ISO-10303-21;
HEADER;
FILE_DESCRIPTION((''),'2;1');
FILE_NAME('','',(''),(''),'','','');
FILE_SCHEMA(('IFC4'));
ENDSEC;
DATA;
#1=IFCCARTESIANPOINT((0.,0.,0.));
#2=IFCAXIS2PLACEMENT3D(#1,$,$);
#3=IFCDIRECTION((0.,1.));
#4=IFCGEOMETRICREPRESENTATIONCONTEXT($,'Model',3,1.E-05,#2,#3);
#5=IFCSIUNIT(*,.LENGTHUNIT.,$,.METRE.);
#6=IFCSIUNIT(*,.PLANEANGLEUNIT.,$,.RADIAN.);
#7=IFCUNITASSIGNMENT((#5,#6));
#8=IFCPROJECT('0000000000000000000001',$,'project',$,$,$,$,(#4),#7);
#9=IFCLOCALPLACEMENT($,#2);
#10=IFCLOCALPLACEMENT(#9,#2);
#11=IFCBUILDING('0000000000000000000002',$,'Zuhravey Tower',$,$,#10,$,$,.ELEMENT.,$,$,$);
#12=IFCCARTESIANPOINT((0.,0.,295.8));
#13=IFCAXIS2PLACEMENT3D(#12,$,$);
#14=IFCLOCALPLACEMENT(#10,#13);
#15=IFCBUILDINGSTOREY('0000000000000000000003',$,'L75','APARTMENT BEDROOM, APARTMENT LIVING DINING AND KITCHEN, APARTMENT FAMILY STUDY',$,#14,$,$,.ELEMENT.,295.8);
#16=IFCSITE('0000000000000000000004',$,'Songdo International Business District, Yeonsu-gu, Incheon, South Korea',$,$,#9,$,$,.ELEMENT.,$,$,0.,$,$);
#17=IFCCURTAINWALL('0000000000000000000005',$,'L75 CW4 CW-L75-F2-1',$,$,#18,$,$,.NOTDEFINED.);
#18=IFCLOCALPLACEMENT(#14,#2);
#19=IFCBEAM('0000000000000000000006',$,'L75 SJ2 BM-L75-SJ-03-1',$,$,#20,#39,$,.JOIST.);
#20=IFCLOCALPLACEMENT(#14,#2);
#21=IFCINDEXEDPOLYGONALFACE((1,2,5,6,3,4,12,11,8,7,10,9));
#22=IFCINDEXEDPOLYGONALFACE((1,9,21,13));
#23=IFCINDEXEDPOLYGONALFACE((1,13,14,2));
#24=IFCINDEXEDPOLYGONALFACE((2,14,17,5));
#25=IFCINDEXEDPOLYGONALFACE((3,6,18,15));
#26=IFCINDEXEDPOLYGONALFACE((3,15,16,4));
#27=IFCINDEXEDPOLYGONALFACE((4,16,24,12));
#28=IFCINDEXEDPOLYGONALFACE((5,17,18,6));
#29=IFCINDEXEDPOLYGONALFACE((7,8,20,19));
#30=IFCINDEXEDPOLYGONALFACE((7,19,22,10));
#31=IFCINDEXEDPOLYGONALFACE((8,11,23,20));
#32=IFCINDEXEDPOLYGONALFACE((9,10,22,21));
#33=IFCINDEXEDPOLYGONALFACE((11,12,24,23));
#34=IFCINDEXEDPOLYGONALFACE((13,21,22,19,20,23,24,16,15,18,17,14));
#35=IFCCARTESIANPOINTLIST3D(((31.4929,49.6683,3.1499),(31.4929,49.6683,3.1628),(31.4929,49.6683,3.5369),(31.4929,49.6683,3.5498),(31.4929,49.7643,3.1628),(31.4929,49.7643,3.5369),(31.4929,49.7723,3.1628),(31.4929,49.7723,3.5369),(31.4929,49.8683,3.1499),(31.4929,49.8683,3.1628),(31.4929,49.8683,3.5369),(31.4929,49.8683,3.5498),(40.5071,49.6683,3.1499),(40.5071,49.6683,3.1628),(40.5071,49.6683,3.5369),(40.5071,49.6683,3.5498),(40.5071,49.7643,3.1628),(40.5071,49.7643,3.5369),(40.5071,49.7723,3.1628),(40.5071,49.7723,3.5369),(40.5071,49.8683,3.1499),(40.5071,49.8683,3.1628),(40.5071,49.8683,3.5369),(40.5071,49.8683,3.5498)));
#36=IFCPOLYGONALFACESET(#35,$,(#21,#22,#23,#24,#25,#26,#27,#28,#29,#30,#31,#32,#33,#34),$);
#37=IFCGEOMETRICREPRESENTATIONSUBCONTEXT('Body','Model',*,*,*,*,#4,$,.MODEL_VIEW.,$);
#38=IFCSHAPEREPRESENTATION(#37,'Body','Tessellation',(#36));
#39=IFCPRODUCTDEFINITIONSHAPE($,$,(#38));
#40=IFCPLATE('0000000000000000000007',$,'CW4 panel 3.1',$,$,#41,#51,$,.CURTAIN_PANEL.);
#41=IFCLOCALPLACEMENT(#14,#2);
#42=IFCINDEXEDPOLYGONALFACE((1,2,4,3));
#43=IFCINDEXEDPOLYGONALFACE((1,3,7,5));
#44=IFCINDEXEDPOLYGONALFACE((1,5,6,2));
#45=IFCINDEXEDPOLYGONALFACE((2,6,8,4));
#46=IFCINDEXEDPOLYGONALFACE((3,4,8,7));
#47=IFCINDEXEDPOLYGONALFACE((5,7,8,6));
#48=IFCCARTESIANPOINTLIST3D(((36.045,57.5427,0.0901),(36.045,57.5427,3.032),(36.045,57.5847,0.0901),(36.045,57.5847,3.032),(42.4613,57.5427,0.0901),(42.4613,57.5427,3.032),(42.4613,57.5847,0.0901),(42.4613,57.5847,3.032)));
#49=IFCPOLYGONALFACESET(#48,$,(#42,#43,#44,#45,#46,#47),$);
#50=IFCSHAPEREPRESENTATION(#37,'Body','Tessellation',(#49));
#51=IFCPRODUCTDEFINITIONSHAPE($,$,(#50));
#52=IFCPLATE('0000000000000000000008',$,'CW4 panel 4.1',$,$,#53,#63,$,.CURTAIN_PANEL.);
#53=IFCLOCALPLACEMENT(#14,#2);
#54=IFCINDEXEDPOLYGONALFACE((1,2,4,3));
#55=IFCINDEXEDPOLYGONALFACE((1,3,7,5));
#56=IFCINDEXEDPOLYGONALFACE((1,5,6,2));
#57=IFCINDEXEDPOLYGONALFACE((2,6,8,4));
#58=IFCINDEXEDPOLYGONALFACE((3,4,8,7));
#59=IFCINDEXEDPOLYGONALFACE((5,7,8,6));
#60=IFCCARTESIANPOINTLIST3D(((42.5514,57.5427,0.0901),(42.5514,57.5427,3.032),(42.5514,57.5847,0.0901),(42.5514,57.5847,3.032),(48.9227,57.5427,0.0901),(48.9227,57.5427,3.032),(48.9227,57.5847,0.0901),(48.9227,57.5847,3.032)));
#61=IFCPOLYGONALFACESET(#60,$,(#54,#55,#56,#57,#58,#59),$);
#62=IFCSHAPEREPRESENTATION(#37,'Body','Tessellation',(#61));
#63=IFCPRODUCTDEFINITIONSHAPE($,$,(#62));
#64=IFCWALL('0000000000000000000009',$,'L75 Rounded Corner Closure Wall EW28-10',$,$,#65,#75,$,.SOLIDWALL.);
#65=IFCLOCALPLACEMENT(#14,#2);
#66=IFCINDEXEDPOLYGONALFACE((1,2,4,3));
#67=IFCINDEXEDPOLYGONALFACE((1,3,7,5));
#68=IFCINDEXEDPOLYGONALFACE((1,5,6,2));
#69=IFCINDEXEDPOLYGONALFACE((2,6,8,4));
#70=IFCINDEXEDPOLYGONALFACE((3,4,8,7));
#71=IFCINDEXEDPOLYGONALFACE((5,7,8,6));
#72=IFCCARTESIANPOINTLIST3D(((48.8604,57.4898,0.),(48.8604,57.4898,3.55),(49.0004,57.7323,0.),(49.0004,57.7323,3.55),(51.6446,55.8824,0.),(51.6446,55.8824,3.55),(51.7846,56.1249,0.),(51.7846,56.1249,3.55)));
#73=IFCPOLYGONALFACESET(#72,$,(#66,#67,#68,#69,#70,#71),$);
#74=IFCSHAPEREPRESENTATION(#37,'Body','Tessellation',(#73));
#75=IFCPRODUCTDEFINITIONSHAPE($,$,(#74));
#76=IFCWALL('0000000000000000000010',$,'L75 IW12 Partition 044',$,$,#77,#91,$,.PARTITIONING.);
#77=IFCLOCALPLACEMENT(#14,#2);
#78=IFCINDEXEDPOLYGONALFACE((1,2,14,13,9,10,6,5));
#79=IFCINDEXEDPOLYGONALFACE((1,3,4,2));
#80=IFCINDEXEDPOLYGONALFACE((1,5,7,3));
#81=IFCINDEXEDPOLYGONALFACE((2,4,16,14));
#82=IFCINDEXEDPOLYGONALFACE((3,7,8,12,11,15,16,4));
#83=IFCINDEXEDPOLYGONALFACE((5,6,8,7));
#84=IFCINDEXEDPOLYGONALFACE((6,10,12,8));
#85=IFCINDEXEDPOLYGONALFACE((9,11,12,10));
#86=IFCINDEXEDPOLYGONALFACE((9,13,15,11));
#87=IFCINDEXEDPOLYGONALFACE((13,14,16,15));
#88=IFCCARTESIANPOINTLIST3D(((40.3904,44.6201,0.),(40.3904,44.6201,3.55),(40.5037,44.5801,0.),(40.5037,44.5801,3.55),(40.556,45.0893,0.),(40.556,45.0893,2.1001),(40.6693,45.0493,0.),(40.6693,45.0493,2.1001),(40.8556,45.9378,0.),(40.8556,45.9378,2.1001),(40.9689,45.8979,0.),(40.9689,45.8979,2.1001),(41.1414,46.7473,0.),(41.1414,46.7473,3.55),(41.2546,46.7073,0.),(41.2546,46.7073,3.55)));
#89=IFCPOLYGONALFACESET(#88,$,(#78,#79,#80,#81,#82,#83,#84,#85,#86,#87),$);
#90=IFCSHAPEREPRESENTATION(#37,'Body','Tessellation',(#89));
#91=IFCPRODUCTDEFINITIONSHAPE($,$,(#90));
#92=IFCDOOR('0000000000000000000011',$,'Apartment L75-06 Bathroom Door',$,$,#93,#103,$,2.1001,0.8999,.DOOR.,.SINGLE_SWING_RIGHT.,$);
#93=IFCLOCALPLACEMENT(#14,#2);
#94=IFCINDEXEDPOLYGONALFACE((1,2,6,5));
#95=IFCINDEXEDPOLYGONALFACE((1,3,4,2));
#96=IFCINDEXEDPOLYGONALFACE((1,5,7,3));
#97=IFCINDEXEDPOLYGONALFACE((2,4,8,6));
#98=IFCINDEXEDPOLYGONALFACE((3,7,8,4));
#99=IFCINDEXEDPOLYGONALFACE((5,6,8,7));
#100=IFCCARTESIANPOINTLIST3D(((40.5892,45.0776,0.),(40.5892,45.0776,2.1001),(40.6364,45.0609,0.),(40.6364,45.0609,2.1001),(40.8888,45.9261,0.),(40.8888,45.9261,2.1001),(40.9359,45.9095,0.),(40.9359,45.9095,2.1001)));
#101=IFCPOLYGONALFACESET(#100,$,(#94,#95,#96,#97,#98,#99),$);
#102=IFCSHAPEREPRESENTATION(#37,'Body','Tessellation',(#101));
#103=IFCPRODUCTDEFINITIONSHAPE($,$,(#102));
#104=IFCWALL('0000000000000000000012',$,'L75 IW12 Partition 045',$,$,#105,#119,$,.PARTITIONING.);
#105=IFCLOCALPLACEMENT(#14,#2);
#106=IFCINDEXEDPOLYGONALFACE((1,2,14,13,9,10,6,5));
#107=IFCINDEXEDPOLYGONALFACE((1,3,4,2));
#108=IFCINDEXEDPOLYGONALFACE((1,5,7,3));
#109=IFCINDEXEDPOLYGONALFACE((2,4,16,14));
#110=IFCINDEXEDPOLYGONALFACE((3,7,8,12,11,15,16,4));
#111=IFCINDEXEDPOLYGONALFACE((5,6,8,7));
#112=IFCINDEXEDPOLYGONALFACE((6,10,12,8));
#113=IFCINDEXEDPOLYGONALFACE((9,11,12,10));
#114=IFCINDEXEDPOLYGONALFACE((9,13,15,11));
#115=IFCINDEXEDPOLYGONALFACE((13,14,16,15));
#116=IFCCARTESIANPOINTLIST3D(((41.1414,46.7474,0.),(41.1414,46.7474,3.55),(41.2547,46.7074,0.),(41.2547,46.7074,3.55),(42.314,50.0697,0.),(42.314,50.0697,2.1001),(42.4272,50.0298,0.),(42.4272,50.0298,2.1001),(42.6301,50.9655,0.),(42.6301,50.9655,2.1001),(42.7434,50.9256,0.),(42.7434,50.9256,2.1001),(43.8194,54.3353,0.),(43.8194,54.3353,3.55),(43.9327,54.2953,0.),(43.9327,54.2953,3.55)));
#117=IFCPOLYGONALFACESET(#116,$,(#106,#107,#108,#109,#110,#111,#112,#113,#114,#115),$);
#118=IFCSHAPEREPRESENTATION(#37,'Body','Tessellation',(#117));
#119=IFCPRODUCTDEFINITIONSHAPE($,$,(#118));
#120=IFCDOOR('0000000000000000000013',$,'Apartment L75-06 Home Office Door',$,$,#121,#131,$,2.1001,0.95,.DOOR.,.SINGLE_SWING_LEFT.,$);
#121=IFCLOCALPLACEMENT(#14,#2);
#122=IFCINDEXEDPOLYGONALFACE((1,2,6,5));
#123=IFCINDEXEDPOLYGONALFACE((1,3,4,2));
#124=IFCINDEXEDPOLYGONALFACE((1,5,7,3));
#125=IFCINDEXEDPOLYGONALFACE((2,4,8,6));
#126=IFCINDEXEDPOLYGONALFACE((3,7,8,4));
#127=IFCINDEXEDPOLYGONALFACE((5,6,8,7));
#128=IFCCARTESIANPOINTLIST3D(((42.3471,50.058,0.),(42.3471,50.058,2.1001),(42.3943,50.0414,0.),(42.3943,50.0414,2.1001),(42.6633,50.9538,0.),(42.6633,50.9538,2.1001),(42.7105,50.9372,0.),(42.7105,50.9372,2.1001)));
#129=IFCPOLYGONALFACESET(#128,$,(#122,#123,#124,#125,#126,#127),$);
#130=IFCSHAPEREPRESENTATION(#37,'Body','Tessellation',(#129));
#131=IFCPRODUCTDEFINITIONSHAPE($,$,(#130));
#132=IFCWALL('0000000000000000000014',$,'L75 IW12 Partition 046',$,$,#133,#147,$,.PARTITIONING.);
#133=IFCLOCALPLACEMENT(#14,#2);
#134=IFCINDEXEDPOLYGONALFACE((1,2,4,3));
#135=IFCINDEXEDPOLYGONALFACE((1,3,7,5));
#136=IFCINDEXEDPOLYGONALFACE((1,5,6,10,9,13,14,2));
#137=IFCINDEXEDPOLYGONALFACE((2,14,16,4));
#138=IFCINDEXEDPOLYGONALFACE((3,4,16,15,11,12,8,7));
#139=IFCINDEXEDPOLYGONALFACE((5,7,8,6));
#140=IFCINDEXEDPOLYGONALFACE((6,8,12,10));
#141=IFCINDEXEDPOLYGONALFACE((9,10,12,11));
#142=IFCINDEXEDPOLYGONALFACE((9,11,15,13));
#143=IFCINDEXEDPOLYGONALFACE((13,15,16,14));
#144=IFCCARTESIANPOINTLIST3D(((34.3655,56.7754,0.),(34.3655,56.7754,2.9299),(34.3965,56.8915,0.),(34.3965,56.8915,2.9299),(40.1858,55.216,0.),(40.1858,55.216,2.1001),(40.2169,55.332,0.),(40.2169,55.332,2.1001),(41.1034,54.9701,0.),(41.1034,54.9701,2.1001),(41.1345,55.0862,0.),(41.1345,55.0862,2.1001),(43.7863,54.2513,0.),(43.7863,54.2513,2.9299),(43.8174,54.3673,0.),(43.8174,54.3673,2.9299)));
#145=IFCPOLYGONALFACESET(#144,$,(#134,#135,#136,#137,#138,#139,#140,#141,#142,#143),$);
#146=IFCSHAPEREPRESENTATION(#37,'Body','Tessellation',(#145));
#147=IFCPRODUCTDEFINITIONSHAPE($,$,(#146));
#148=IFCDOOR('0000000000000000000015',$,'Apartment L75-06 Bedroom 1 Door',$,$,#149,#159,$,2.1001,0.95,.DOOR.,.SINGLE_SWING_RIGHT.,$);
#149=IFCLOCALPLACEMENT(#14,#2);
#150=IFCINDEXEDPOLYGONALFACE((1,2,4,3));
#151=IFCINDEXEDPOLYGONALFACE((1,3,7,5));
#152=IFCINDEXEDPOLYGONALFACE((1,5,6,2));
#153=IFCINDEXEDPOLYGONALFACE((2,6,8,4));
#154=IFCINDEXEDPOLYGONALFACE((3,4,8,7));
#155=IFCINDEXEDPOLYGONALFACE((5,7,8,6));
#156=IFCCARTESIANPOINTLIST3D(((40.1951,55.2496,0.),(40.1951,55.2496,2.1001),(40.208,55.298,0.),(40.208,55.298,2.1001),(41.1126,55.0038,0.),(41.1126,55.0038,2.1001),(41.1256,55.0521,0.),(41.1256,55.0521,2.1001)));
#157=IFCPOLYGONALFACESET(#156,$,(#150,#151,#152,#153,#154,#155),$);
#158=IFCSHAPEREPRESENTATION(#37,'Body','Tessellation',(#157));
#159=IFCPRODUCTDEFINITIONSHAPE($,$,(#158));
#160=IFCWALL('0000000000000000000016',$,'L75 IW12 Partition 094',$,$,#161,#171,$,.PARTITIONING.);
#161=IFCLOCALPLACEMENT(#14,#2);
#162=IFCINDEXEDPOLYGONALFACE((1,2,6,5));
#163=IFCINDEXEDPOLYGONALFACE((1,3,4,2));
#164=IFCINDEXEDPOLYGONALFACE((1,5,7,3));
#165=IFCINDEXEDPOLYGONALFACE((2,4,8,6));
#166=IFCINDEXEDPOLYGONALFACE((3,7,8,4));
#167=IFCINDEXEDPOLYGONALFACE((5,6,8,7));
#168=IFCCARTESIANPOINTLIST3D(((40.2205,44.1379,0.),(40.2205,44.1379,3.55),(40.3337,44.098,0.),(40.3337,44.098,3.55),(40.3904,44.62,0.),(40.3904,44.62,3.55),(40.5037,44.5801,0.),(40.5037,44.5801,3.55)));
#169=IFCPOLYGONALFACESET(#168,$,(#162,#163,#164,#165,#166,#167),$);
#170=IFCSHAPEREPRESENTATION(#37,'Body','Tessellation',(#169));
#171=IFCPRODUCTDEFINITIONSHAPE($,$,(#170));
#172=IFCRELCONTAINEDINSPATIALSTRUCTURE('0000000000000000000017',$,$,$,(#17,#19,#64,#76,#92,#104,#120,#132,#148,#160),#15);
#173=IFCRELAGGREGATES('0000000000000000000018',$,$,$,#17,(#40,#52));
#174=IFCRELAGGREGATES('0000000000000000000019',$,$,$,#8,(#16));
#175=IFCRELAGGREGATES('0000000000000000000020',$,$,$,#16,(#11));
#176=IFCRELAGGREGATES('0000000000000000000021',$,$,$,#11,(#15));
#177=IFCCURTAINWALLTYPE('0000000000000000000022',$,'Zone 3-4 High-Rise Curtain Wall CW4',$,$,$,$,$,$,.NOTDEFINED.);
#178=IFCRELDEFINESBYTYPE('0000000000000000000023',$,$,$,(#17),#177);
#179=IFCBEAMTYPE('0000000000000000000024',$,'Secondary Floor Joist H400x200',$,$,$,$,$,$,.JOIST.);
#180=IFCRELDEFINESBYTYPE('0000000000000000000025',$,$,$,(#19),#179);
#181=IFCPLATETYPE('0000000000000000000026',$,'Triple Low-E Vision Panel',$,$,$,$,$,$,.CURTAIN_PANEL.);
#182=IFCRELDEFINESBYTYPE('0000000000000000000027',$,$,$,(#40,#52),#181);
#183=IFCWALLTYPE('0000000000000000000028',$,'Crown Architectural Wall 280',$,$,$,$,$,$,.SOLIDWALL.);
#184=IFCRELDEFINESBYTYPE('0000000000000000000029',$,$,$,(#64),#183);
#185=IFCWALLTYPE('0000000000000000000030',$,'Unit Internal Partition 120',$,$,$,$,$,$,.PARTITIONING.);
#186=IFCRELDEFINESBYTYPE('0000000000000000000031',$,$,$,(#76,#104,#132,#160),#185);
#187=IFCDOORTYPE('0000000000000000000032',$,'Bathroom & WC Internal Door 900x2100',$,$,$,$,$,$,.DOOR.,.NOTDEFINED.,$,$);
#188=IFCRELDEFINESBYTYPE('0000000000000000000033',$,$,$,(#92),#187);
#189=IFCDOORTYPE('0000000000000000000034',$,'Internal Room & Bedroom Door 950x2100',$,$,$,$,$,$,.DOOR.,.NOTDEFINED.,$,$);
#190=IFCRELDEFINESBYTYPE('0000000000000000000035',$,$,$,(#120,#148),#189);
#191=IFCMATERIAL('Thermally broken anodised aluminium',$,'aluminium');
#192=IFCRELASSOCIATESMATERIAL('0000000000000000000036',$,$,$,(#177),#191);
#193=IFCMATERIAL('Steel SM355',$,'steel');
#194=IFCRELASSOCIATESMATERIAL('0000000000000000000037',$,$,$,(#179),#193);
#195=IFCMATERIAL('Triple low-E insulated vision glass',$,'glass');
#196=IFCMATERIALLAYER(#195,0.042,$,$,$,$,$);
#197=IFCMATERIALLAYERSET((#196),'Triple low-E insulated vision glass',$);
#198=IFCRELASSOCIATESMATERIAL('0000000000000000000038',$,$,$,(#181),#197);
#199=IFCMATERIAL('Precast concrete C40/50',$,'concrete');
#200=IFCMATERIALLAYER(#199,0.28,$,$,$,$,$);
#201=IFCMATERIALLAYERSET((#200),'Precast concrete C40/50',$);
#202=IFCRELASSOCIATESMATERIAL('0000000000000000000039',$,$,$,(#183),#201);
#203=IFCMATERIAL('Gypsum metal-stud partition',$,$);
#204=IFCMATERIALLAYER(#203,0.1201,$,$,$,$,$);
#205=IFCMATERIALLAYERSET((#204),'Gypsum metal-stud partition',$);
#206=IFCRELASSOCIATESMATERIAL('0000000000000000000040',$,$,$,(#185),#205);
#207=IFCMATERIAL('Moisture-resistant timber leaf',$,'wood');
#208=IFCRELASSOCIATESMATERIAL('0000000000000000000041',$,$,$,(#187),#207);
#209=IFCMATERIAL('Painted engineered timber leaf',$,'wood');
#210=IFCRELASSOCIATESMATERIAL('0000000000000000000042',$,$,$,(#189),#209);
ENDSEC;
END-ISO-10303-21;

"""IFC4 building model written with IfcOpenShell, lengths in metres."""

from ifc_helpers import new_model, si_unit, direction, frame, frame_2d, origin, origin_2d, place, context, subcontext, project, spatial, rectangle, i_section, extrude, material, layer, layer_set, material_profile, profile_set, type_object, element, fill, aggregate, save


model = new_model("IFC4")

# Units and contexts
model_context = context("Model", 3, precision=1e-05, world=origin(), true_north=direction((0.0, 1.0)))
body_context = subcontext(model_context, "Body", "Model", "MODEL_VIEW")
ifc_project = project(units=[si_unit("LENGTHUNIT", "METRE"), si_unit("PLANEANGLEUNIT", "RADIAN")], contexts=[model_context])

# Site, building, storey
site_placement = place(None, origin())
site = spatial("IfcSite", under=ifc_project, at=site_placement, Name="Songdo International Business District, Yeonsu-gu, Incheon, South Korea", CompositionType="ELEMENT", RefElevation=0.0)
building_placement = place(site_placement, origin())
building = spatial("IfcBuilding", under=site, at=building_placement, Name="Zuhravey Tower", CompositionType="ELEMENT")
storey_placement = place(building_placement, frame((0.0, 0.0, 295.8)))
storey = spatial("IfcBuildingStorey", under=building, at=storey_placement, Name="L75", Description="APARTMENT BEDROOM, APARTMENT LIVING DINING AND KITCHEN, APARTMENT FAMILY STUDY", CompositionType="ELEMENT", Elevation=295.8)

# Curtain wall
ifc_material_1 = material(Name="Thermally broken anodised aluminium", Category="aluminium")
curtain_wall_type = type_object("IfcCurtainWallType", Name="Zone 3-4 High-Rise Curtain Wall CW4", PredefinedType="NOTDEFINED", material=ifc_material_1)
curtain_wall_placement = place(storey_placement, origin())
curtain_wall = element("IfcCurtainWall", 1, at=curtain_wall_placement, inside=storey, type_object=curtain_wall_type, Name="L75 CW4 CW-L75-F2-1", PredefinedType="NOTDEFINED")

# Beam
ifc_material_2 = material(Name="Steel SM355", Category="steel")
ifc_material_profile_1 = material_profile(ifc_material_2, i_section(OverallWidth=0.2, OverallDepth=0.3999, WebThickness=0.0081, FlangeThickness=0.0129, at=origin_2d()), Name="H-400x200x8x13")
ifc_profile_set_1 = profile_set([ifc_material_profile_1], Name="Steel SM355")
beam_type_1 = type_object("IfcBeamType", Name="Secondary Floor Joist H400x200", PredefinedType="JOIST", material=ifc_profile_set_1)
beam_1_placement = place(storey_placement, frame((40.5071, 49.7683, 3.3499), z_axis=(-1.0, 0.0, 0.0), x_axis=(0.0, -1.0, 0.0)))
element("IfcBeam", 2, at=beam_1_placement, inside=storey, type_object=beam_type_1, Name="L75 SJ2 BM-L75-SJ-03-1", PredefinedType="JOIST", context=body_context, shape_type="SweptSolid", body=[
    extrude(i_section(OverallWidth=0.2, OverallDepth=0.3999, WebThickness=0.0081, FlangeThickness=0.0129, at=origin_2d()), origin(), (0.0, 0.0, 1.0), 9.0142),
])

# Plates
ifc_material_3 = material(Name="Triple low-E insulated vision glass", Category="glass")
ifc_layer_1 = layer(ifc_material_3, 0.042)
ifc_layer_set_1 = layer_set([ifc_layer_1], Name="Triple low-E insulated vision glass")
plate_type = type_object("IfcPlateType", Name="Triple Low-E Vision Panel", PredefinedType="CURTAIN_PANEL", material=ifc_layer_set_1)
plate_1_placement = place(storey_placement, frame((39.2532, 57.5637, 0.0901), z_axis=(0.0, 0.0, 1.0), x_axis=(1.0, 0.0, 0.0)))
plate_1 = element("IfcPlate", 3, at=plate_1_placement, type_object=plate_type, Name="CW4 panel 3.1", PredefinedType="CURTAIN_PANEL", context=body_context, shape_type="SweptSolid", body=[
    extrude(rectangle(XDim=6.4163, YDim=0.042, at=origin_2d()), origin(), (0.0, 0.0, 1.0), 2.9419),
])
plate_2_placement = place(storey_placement, frame((45.7371, 57.5637, 0.0901), z_axis=(0.0, 0.0, 1.0), x_axis=(1.0, 0.0, 0.0)))
plate_2 = element("IfcPlate", 4, at=plate_2_placement, type_object=plate_type, Name="CW4 panel 4.1", PredefinedType="CURTAIN_PANEL", context=body_context, shape_type="SweptSolid", body=[
    extrude(rectangle(XDim=6.3713, YDim=0.042, at=origin_2d()), origin(), (0.0, 0.0, 1.0), 2.9419),
])
aggregate(curtain_wall, [plate_1, plate_2])

# Wall
ifc_material_4 = material(Name="Precast concrete C40/50", Category="concrete")
ifc_layer_2 = layer(ifc_material_4, 0.28)
ifc_layer_set_2 = layer_set([ifc_layer_2], Name="Precast concrete C40/50")
wall_type_1 = type_object("IfcWallType", Name="Crown Architectural Wall 280", PredefinedType="SOLIDWALL", material=ifc_layer_set_2)
wall_1_placement = place(storey_placement, frame((48.9304, 57.6111, 0.0), z_axis=(0.0, 0.0, 1.0), x_axis=(0.866029, -0.499994, 0.0)))
element("IfcWall", 5, at=wall_1_placement, inside=storey, type_object=wall_type_1, Name="L75 Rounded Corner Closure Wall EW28-10", PredefinedType="SOLIDWALL", context=body_context, shape_type="SweptSolid", body=[
    extrude(rectangle(XDim=3.2148, YDim=0.28, at=frame_2d((1.6074, 0.0))), origin(), (0.0, 0.0, 1.0), 3.55),
])

# Walls, openings, doors
ifc_material_5 = material(Name="Gypsum metal-stud partition")
ifc_layer_3 = layer(ifc_material_5, 0.1201)
ifc_layer_set_3 = layer_set([ifc_layer_3], Name="Gypsum metal-stud partition")
wall_type_2 = type_object("IfcWallType", Name="Unit Internal Partition 120", PredefinedType="PARTITIONING", material=ifc_layer_set_3)
wall_2_placement = place(storey_placement, frame((40.447, 44.6001, 0.0), z_axis=(0.0, 0.0, 1.0), x_axis=(0.332899, 0.942962, 0.0)))
wall_2 = element("IfcWall", 6, at=wall_2_placement, inside=storey, type_object=wall_type_2, Name="L75 IW12 Partition 044", PredefinedType="PARTITIONING", context=body_context, shape_type="SweptSolid", body=[
    extrude(rectangle(XDim=2.2559, YDim=0.1201, at=frame_2d((1.1279, 0.0))), origin(), (0.0, 0.0, 1.0), 3.55),
])
opening_1_placement = place(wall_2_placement, frame((0.4976, 0.0, 0.0)))
opening_1 = element("IfcOpeningElement", 7, at=opening_1_placement, cuts=wall_2, PredefinedType="OPENING", context=body_context, shape_type="SweptSolid", body=[
    extrude(rectangle(XDim=0.8999, YDim=2.1001, at=frame_2d((0.45, 1.05))), frame((0.0, 0.072, 0.0), z_axis=(0.0, -1.0, 0.0), x_axis=(1.0, 0.0, 0.0)), (0.0, 0.0, 1.0), 0.144),
])
ifc_material_6 = material(Name="Moisture-resistant timber leaf", Category="wood")
door_type_1 = type_object("IfcDoorType", Name="Bathroom & WC Internal Door 900x2100", OperationType="NOTDEFINED", PredefinedType="DOOR", material=ifc_material_6)
door_1_placement = place(opening_1_placement, origin())
door_1 = element("IfcDoor", 8, at=door_1_placement, inside=storey, type_object=door_type_1, Name="Apartment L75-06 Bathroom Door", OperationType="SINGLE_SWING_RIGHT", OverallHeight=2.1001, OverallWidth=0.8999, PredefinedType="DOOR", context=body_context, shape_type="SweptSolid", body=[
    extrude(rectangle(XDim=0.8999, YDim=2.1001, at=frame_2d((0.45, 1.05))), frame((0.0, 0.0249, 0.0), z_axis=(0.0, -1.0, 0.0), x_axis=(1.0, 0.0, 0.0)), (0.0, 0.0, 1.0), 0.05),
])
fill(opening_1, door_1)
wall_3_placement = place(storey_placement, frame((41.198, 46.7273, 0.0), z_axis=(0.0, 0.0, 1.0), x_axis=(0.332809, 0.942994, 0.0)))
wall_3 = element("IfcWall", 9, at=wall_3_placement, inside=storey, type_object=wall_type_2, Name="L75 IW12 Partition 045", PredefinedType="PARTITIONING", context=body_context, shape_type="SweptSolid", body=[
    extrude(rectangle(XDim=8.0466, YDim=0.1201, at=frame_2d((4.0234, 0.0))), origin(), (0.0, 0.0, 1.0), 3.55),
])
opening_2_placement = place(wall_3_placement, frame((3.5232, 0.0, 0.0)))
opening_2 = element("IfcOpeningElement", 10, at=opening_2_placement, cuts=wall_3, PredefinedType="OPENING", context=body_context, shape_type="SweptSolid", body=[
    extrude(rectangle(XDim=0.95, YDim=2.1001, at=frame_2d((0.4751, 1.05))), frame((0.0, 0.072, 0.0), z_axis=(0.0, -1.0, 0.0), x_axis=(1.0, 0.0, 0.0)), (0.0, 0.0, 1.0), 0.144),
])
ifc_material_7 = material(Name="Painted engineered timber leaf", Category="wood")
door_type_2 = type_object("IfcDoorType", Name="Internal Room & Bedroom Door 950x2100", OperationType="NOTDEFINED", PredefinedType="DOOR", material=ifc_material_7)
door_2_placement = place(opening_2_placement, origin())
door_2 = element("IfcDoor", 11, at=door_2_placement, inside=storey, type_object=door_type_2, Name="Apartment L75-06 Home Office Door", OperationType="SINGLE_SWING_LEFT", OverallHeight=2.1001, OverallWidth=0.95, PredefinedType="DOOR", context=body_context, shape_type="SweptSolid", body=[
    extrude(rectangle(XDim=0.95, YDim=2.1001, at=frame_2d((0.4751, 1.05))), frame((0.0, 0.0249, 0.0), z_axis=(0.0, -1.0, 0.0), x_axis=(1.0, 0.0, 0.0)), (0.0, 0.0, 1.0), 0.05),
])
fill(opening_2, door_2)
wall_4_placement = place(storey_placement, frame((43.8018, 54.3093, 0.0), z_axis=(0.0, 0.0, 1.0), x_axis=(-0.96593, 0.258804, 0.0)))
wall_4 = element("IfcWall", 12, at=wall_4_placement, inside=storey, type_object=wall_type_2, Name="L75 IW12 Partition 046", PredefinedType="PARTITIONING", context=body_context, shape_type="SweptSolid", body=[
    extrude(rectangle(XDim=9.7532, YDim=0.1201, at=frame_2d((4.8765, 0.0))), origin(), (0.0, 0.0, 1.0), 2.9299),
])
opening_3_placement = place(wall_4_placement, frame((2.7773, 0.0, 0.0)))
opening_3 = element("IfcOpeningElement", 13, at=opening_3_placement, cuts=wall_4, PredefinedType="OPENING", context=body_context, shape_type="SweptSolid", body=[
    extrude(rectangle(XDim=0.95, YDim=2.1001, at=frame_2d((0.4751, 1.05))), frame((0.0, 0.072, 0.0), z_axis=(0.0, -1.0, 0.0), x_axis=(1.0, 0.0, 0.0)), (0.0, 0.0, 1.0), 0.144),
])
door_3_placement = place(opening_3_placement, frame((0.95, 0.0, 0.0), z_axis=(0.0, 0.0, 1.0), x_axis=(-1.0, 0.0, 0.0)))
door_3 = element("IfcDoor", 14, at=door_3_placement, inside=storey, type_object=door_type_2, Name="Apartment L75-06 Bedroom 1 Door", OperationType="SINGLE_SWING_RIGHT", OverallHeight=2.1001, OverallWidth=0.95, PredefinedType="DOOR", context=body_context, shape_type="SweptSolid", body=[
    extrude(rectangle(XDim=0.95, YDim=2.1001, at=frame_2d((0.4751, 1.05))), frame((0.0, 0.0249, 0.0), z_axis=(0.0, -1.0, 0.0), x_axis=(1.0, 0.0, 0.0)), (0.0, 0.0, 1.0), 0.05),
])
fill(opening_3, door_3)

# Wall
wall_5_placement = place(storey_placement, frame((40.2771, 44.1179, 0.0), z_axis=(0.0, 0.0, 1.0), x_axis=(0.33237, 0.943149, 0.0)))
element("IfcWall", 15, at=wall_5_placement, inside=storey, type_object=wall_type_2, Name="L75 IW12 Partition 094", PredefinedType="PARTITIONING", context=body_context, shape_type="SweptSolid", body=[
    extrude(rectangle(XDim=0.5112, YDim=0.1201, at=frame_2d((0.2556, 0.0))), origin(), (0.0, 0.0, 1.0), 3.55),
])

save(model, "model.ifc")
